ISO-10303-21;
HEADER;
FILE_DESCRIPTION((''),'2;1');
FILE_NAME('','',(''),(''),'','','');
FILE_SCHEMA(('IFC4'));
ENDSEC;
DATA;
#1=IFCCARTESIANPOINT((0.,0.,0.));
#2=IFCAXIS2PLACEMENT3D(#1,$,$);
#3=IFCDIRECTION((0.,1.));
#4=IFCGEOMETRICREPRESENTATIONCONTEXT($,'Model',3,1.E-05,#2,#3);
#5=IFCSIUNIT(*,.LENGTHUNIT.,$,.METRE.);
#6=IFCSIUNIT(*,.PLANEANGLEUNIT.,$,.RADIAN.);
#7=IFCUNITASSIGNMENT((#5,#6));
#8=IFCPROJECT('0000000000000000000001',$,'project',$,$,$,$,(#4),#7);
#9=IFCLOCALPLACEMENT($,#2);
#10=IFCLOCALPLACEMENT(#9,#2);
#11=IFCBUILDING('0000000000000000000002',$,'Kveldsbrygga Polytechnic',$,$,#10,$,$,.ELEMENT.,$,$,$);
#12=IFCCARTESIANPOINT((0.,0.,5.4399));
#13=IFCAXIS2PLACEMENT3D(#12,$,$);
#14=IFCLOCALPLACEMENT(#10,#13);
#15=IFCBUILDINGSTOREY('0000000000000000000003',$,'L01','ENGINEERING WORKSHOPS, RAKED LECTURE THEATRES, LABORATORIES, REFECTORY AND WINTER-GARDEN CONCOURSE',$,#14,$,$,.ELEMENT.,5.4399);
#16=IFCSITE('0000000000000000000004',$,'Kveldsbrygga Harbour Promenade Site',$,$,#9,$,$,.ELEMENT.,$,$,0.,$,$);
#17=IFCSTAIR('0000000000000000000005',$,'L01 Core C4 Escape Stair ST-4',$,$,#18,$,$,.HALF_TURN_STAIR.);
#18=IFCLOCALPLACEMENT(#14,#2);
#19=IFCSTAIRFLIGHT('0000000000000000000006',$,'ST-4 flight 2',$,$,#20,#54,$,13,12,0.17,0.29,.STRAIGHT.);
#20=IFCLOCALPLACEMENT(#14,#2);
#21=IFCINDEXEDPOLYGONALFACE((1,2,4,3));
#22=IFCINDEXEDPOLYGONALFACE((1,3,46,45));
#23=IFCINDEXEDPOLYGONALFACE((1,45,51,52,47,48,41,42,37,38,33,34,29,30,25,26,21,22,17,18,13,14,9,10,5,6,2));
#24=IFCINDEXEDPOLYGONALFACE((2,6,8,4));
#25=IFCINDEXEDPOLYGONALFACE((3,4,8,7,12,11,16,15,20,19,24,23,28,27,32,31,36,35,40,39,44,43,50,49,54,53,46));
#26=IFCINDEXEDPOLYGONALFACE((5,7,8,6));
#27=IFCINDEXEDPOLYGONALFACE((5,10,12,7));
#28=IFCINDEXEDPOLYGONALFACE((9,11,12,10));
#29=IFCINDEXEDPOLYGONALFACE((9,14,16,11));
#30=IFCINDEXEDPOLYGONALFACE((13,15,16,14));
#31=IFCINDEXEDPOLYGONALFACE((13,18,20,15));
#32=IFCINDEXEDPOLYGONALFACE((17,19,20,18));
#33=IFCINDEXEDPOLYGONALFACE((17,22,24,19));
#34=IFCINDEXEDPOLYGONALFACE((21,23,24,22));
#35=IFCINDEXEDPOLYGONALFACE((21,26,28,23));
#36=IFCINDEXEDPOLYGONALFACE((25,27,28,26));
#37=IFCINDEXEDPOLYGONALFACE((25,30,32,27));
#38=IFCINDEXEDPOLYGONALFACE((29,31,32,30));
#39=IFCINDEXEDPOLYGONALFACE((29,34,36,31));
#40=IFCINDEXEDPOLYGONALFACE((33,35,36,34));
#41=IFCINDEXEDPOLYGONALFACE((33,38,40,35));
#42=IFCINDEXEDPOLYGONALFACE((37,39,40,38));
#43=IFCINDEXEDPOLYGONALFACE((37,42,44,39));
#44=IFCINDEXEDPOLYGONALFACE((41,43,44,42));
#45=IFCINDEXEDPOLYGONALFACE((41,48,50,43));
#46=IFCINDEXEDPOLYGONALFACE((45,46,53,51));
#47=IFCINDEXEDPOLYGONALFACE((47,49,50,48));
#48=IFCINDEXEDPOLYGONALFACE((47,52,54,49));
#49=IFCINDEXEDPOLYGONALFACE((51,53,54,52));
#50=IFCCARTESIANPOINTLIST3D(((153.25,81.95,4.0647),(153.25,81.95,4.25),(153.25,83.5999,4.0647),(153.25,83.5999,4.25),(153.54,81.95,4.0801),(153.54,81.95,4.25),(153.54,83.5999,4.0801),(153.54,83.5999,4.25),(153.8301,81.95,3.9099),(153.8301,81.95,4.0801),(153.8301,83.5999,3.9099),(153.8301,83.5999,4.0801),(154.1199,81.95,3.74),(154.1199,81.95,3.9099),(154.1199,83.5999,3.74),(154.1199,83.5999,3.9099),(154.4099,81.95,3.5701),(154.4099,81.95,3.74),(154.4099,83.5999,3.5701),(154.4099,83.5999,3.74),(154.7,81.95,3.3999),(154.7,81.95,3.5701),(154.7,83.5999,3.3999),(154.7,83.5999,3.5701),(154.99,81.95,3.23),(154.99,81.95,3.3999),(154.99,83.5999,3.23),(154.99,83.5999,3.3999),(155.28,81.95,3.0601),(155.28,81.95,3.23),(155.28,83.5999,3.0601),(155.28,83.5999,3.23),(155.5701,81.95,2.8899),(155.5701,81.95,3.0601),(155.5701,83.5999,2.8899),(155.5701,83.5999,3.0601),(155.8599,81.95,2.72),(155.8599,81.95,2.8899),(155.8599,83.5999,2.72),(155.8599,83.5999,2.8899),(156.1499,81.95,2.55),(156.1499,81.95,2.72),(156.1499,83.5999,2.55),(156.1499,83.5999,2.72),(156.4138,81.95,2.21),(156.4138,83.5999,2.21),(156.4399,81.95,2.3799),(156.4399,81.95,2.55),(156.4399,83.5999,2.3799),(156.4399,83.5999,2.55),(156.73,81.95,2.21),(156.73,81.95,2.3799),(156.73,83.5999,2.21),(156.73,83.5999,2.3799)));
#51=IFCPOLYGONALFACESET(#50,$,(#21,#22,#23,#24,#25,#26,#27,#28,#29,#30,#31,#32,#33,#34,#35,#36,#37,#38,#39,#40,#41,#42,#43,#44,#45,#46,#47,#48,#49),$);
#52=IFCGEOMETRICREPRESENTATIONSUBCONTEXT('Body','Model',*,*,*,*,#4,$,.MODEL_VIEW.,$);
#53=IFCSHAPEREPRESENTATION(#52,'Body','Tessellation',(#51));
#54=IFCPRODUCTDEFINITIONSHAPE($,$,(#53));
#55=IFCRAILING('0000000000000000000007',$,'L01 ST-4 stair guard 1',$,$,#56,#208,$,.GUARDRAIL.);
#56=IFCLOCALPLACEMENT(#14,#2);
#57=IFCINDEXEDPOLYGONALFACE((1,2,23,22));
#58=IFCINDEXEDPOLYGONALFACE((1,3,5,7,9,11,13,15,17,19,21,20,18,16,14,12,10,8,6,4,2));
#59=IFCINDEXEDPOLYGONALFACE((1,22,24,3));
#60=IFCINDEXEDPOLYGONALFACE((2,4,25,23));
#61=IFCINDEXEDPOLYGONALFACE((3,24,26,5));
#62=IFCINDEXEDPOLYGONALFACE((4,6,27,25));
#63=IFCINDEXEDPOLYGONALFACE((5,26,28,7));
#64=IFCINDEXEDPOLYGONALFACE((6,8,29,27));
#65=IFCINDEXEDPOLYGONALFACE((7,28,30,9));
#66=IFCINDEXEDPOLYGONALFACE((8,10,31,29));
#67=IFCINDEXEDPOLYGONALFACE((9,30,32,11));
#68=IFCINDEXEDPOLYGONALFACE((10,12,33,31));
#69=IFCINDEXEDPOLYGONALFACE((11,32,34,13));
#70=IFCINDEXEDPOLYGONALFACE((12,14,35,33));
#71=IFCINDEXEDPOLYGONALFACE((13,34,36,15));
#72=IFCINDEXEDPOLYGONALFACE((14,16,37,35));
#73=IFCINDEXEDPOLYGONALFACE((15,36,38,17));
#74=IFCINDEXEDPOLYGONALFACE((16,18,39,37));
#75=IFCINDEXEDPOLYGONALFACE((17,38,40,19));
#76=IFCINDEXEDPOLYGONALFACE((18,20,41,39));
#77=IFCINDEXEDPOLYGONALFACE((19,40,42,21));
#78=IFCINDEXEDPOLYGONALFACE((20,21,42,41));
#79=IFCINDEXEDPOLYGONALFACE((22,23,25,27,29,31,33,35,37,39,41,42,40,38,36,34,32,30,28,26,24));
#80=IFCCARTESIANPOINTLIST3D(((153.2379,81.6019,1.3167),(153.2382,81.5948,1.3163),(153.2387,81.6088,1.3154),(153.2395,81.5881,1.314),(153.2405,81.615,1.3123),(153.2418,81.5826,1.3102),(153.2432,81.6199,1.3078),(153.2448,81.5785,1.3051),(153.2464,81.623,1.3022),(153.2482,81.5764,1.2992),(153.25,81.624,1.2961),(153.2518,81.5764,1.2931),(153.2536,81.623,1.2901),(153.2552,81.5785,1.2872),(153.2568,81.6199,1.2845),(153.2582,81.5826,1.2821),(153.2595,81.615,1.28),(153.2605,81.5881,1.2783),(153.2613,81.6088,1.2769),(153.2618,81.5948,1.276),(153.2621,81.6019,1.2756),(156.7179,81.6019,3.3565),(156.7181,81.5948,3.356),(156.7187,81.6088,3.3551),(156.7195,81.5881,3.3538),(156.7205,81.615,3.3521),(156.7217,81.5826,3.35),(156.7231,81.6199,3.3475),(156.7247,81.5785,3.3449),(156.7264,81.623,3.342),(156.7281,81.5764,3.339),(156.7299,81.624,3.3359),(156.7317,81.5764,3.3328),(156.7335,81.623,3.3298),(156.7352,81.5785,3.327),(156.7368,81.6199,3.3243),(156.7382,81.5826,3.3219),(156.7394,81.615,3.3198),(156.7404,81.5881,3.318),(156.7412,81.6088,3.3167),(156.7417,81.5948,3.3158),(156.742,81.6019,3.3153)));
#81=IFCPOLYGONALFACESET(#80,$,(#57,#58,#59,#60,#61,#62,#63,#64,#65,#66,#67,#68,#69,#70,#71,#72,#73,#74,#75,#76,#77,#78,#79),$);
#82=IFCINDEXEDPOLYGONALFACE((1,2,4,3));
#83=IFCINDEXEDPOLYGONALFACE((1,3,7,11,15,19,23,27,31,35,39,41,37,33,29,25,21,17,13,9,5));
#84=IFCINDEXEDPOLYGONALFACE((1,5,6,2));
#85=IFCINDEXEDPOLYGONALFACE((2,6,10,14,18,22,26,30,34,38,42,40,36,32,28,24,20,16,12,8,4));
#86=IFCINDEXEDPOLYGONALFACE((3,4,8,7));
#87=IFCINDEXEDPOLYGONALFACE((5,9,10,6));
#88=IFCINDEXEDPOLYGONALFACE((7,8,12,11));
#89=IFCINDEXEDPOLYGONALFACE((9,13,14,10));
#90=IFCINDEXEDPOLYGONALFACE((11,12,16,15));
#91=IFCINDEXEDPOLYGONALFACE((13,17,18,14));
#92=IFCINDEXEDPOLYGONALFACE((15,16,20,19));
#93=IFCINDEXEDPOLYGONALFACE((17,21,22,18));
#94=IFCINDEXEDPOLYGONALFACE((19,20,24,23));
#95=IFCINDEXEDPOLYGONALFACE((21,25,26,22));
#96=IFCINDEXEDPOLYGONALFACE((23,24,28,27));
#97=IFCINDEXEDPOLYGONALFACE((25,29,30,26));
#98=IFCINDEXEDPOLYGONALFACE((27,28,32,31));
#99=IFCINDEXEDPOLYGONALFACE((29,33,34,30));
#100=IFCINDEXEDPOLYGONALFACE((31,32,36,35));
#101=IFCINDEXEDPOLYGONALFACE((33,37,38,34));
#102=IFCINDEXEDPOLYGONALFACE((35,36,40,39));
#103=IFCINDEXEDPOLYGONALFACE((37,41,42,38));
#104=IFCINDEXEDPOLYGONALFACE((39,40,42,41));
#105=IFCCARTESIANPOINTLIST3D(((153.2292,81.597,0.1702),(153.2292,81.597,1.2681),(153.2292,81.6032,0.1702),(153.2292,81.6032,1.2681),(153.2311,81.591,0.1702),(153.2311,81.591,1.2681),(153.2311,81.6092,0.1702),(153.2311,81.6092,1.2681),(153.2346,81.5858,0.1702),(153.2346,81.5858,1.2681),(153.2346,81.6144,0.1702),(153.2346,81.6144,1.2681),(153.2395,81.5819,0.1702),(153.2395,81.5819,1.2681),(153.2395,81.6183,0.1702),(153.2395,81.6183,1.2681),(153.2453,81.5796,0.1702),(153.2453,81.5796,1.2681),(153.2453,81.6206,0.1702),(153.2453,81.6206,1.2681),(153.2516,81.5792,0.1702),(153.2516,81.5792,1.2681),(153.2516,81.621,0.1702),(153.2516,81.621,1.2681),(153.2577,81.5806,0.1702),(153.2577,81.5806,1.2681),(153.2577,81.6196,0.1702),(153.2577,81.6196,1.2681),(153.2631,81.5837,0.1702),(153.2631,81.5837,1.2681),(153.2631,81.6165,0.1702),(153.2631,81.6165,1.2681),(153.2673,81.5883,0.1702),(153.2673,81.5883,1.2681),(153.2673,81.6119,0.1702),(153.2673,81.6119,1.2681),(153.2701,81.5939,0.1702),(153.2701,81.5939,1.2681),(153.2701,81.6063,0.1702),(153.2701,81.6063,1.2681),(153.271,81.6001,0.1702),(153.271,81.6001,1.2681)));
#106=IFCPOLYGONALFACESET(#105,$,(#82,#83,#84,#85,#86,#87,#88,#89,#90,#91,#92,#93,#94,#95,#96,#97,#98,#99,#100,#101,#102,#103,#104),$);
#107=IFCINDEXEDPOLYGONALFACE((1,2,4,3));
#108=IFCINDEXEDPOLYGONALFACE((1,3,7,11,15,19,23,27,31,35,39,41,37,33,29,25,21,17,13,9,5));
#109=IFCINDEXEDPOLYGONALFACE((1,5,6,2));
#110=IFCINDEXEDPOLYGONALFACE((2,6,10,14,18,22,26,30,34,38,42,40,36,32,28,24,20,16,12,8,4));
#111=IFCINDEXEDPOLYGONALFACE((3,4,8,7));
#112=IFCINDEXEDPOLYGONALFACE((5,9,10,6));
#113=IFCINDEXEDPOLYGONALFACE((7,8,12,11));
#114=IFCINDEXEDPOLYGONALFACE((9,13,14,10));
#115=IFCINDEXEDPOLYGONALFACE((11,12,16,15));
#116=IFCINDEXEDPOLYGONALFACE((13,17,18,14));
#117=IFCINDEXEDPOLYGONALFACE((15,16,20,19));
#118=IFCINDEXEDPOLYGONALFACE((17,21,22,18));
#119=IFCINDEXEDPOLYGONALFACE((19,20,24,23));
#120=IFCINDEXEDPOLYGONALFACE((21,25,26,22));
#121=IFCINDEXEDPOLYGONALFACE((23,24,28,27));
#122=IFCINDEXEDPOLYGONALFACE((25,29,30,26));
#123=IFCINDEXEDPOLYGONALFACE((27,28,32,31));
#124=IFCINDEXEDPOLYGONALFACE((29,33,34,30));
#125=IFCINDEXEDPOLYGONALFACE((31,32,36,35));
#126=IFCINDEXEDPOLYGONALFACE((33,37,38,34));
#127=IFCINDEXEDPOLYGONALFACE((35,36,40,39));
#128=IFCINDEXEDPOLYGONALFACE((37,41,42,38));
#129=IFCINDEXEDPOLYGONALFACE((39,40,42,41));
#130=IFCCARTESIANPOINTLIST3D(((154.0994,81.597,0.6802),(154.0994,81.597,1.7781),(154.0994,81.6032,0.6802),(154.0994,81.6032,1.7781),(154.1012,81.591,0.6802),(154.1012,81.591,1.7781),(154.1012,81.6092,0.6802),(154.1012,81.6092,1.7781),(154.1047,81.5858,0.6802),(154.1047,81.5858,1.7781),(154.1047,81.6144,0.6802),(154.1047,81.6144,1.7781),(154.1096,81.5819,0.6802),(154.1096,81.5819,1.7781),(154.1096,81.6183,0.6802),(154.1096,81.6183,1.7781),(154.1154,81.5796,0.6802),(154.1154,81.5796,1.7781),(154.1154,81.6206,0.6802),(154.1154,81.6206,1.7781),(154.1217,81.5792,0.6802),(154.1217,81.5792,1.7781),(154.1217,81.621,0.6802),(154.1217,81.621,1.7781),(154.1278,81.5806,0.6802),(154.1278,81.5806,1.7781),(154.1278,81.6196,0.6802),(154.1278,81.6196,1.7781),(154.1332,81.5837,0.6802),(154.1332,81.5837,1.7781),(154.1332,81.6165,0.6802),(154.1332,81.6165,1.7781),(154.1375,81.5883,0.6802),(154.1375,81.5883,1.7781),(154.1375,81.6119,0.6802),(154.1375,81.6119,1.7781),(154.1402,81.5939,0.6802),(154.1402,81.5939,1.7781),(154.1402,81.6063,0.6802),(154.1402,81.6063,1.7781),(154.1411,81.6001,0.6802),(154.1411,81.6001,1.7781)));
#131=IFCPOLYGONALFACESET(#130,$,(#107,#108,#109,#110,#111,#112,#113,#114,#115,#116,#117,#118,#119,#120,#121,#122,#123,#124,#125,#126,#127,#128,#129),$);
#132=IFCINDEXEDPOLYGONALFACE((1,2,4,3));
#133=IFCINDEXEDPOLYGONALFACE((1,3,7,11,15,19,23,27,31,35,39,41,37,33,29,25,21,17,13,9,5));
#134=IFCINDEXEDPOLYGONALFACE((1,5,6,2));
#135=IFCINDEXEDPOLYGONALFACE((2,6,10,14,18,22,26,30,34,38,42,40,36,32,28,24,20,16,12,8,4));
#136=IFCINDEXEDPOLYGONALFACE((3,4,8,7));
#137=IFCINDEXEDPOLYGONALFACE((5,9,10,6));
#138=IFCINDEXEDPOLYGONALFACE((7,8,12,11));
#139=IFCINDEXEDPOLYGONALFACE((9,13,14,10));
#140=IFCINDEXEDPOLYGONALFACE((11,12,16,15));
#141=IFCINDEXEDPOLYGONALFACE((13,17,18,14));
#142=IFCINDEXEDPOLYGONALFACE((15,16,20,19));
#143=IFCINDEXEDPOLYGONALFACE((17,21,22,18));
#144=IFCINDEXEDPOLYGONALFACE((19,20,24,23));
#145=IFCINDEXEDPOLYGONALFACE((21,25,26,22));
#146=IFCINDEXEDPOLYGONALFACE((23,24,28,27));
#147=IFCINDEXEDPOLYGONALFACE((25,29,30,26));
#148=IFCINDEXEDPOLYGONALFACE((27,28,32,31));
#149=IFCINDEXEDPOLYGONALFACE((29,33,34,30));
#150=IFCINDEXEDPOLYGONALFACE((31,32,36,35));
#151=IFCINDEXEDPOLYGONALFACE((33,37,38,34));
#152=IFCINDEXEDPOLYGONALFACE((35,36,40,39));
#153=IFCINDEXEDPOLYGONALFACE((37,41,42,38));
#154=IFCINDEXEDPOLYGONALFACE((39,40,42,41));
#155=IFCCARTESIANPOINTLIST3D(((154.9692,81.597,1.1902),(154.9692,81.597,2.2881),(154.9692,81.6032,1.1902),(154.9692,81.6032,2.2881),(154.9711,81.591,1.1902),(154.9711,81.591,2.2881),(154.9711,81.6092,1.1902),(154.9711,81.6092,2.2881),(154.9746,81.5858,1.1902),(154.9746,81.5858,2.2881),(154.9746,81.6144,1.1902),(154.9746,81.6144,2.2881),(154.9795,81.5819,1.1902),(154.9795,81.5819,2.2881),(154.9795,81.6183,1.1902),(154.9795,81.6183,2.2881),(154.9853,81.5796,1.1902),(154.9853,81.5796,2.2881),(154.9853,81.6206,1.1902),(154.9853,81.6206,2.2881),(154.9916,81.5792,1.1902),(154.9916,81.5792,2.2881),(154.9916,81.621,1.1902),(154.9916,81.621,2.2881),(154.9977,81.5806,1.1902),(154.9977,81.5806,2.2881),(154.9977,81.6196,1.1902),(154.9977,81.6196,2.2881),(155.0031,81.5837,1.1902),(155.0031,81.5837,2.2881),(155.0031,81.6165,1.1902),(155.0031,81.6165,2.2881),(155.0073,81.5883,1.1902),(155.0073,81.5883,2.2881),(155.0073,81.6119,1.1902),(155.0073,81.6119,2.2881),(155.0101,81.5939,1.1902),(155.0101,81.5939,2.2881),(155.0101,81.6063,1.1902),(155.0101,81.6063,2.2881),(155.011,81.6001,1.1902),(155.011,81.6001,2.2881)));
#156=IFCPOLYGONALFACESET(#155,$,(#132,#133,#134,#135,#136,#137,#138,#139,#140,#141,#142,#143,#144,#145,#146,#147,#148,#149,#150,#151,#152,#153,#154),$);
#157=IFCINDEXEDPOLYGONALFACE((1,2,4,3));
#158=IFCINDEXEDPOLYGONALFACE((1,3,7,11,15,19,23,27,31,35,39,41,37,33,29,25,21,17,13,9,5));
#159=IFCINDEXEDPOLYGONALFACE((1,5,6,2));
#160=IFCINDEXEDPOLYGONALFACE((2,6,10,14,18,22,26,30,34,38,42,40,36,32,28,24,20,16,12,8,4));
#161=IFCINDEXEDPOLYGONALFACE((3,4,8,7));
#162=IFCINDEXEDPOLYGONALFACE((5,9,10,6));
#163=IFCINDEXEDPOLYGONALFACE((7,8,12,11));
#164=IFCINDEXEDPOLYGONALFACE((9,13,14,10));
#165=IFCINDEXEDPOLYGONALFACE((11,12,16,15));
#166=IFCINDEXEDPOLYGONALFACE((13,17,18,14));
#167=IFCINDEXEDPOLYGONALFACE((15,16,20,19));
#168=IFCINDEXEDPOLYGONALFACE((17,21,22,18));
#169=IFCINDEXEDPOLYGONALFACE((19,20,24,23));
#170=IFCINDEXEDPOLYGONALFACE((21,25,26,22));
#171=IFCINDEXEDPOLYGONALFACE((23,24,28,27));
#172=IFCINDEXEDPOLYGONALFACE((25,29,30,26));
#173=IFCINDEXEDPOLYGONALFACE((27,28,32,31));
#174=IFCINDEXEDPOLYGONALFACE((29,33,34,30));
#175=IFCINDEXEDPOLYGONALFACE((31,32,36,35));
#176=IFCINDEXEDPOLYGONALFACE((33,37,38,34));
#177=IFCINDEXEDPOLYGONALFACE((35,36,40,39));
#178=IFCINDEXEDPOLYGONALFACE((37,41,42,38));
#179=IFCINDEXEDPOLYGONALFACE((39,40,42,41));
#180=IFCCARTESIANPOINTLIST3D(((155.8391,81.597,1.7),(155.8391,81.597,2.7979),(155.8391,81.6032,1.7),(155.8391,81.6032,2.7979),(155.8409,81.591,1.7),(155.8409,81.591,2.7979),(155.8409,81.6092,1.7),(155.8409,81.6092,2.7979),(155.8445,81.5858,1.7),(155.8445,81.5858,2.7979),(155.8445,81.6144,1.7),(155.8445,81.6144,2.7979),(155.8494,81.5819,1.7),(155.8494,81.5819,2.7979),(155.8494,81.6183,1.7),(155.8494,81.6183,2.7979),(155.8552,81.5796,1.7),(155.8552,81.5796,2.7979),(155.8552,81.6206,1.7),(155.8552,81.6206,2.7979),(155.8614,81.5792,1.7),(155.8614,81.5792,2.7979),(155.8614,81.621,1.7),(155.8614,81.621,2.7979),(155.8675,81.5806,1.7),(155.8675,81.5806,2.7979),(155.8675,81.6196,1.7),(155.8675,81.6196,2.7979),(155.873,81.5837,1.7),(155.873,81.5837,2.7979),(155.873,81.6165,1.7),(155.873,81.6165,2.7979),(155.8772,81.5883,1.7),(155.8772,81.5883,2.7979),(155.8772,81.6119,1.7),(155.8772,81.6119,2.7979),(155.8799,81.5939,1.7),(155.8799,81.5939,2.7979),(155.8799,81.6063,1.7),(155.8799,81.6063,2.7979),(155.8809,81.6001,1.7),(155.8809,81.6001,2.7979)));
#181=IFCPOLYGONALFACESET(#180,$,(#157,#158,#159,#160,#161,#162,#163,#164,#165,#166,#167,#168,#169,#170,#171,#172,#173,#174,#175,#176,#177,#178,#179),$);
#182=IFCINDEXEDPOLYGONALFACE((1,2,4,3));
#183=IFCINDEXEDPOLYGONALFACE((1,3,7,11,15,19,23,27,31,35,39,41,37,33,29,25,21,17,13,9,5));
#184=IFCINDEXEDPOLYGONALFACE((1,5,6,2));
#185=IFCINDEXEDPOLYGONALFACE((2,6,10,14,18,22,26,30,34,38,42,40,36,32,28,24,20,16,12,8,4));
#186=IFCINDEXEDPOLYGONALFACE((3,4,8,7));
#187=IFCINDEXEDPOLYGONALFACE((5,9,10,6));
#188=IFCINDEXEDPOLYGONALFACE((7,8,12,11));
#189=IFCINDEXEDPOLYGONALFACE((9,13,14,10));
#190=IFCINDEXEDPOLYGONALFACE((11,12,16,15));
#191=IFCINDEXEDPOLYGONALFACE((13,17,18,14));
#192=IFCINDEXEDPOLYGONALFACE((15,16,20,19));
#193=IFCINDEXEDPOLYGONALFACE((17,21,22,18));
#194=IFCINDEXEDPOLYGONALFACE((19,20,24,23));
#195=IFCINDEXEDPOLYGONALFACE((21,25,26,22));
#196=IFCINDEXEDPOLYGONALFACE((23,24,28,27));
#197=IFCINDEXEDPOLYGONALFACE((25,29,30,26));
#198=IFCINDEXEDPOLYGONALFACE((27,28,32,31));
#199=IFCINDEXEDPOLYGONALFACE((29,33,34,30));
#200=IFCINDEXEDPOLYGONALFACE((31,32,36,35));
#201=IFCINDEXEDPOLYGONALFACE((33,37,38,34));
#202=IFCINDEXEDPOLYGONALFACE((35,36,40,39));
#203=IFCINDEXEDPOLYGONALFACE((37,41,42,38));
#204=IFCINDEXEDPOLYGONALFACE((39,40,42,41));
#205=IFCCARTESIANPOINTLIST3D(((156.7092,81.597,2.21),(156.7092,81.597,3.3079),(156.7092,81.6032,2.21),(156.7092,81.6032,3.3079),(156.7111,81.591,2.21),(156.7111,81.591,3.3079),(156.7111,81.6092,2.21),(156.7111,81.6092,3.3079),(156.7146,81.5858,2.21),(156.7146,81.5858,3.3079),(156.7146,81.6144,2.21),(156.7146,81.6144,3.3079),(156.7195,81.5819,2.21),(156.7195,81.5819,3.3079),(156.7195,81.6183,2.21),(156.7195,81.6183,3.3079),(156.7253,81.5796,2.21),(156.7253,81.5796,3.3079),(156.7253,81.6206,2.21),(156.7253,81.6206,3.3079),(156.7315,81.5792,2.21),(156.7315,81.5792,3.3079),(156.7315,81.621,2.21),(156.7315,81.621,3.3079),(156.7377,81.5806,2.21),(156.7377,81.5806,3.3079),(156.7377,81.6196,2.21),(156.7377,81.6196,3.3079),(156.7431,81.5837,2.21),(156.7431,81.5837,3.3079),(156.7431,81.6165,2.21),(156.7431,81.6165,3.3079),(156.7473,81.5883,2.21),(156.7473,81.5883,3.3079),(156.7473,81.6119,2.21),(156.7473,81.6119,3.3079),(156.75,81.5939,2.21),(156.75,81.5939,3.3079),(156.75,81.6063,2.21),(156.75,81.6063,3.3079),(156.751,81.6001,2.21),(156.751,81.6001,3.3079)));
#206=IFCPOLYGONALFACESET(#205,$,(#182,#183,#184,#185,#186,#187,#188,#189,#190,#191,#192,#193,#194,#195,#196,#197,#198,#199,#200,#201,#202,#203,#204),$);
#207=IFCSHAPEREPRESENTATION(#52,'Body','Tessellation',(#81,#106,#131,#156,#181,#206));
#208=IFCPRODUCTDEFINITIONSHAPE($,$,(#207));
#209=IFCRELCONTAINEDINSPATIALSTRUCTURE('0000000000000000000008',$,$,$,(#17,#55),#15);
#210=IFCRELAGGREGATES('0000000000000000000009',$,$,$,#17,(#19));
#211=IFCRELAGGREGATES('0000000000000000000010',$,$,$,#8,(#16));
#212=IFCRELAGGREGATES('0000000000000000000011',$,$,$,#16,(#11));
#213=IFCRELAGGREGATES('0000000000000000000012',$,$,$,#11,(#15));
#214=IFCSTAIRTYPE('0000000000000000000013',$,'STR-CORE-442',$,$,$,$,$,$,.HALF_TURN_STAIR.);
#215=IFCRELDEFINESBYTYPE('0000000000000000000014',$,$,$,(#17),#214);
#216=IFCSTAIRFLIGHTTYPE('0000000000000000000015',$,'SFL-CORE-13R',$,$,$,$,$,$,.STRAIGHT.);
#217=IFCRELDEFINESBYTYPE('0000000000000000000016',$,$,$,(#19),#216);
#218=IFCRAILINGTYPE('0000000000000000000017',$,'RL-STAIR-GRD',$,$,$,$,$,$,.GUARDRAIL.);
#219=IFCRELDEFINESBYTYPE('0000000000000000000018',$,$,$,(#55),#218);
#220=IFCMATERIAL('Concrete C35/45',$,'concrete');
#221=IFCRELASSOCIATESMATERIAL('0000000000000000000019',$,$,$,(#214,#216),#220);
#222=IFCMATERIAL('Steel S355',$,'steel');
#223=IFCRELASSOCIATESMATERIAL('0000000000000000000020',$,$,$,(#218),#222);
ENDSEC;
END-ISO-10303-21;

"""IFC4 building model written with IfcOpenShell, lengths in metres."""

from ifc_helpers import new_model, si_unit, direction, frame, origin, origin_2d, place, context, subcontext, project, spatial, polyline, circle, outline, extrude, material, type_object, element, aggregate, save


model = new_model("IFC4")

# Units and contexts
model_context = context("Model", 3, precision=1e-05, world=origin(), true_north=direction((0.0, 1.0)))
body_context = subcontext(model_context, "Body", "Model", "MODEL_VIEW")
ifc_project = project(units=[si_unit("LENGTHUNIT", "METRE"), si_unit("PLANEANGLEUNIT", "RADIAN")], contexts=[model_context])

# Site, building, storey
site_placement = place(None, origin())
site = spatial("IfcSite", under=ifc_project, at=site_placement, Name="Kveldsbrygga Harbour Promenade Site", CompositionType="ELEMENT", RefElevation=0.0)
building_placement = place(site_placement, origin())
building = spatial("IfcBuilding", under=site, at=building_placement, Name="Kveldsbrygga Polytechnic", CompositionType="ELEMENT")
storey_placement = place(building_placement, frame((0.0, 0.0, 5.4399)))
storey = spatial("IfcBuildingStorey", under=building, at=storey_placement, Name="L01", Description="ENGINEERING WORKSHOPS, RAKED LECTURE THEATRES, LABORATORIES, REFECTORY AND WINTER-GARDEN CONCOURSE", CompositionType="ELEMENT", Elevation=5.4399)

# Shared definitions
ifc_material_1 = material(Name="Concrete C35/45", Category="concrete")

# Stair, stair flight
stair_type = type_object("IfcStairType", Name="STR-CORE-442", PredefinedType="HALF_TURN_STAIR", material=ifc_material_1)
stair_placement = place(storey_placement, origin())
stair = element("IfcStair", 1, at=stair_placement, inside=storey, type_object=stair_type, Name="L01 Core C4 Escape Stair ST-4", PredefinedType="HALF_TURN_STAIR")
stair_flight_type = type_object("IfcStairFlightType", Name="SFL-CORE-13R", PredefinedType="STRAIGHT", material=ifc_material_1)
stair_flight_1_placement = place(storey_placement, frame((156.73, 82.7749, 2.21), z_axis=(0.0, 0.0, 1.0), x_axis=(-1.0, 0.0, 0.0)))
stair_flight_1 = element("IfcStairFlight", 2, at=stair_flight_1_placement, type_object=stair_flight_type, Name="ST-4 flight 2", NumberOfRisers=13, NumberOfTreads=12, PredefinedType="STRAIGHT", RiserHeight=0.17, TreadLength=0.29, context=body_context, shape_type="SweptSolid", body=[
    extrude(outline(polyline([(0.0, 0.0), (0.0, 0.1699), (0.29, 0.1699), (0.29, 0.3401), (0.5801, 0.3401), (0.5801, 0.51), (0.8701, 0.51), (0.8701, 0.6799), (1.1599, 0.6799), (1.1599, 0.8501), (1.45, 0.8501), (1.45, 1.02), (1.74, 1.02), (1.74, 1.1899), (2.03, 1.1899), (2.03, 1.3601), (2.3201, 1.3601), (2.3201, 1.53), (2.6101, 1.53), (2.6101, 1.7), (2.8999, 1.7), (2.8999, 1.8701), (3.1899, 1.8701), (3.1899, 2.04), (3.48, 2.04), (3.48, 2.21), (3.48, 1.8547), (0.3162, 0.0), (0.0, 0.0)])), frame((0.0, 0.825, 0.0), z_axis=(0.0, -1.0, 0.0), x_axis=(1.0, 0.0, 0.0)), (0.0, 0.0, 1.0), 1.6499),
])
aggregate(stair, [stair_flight_1])

# Railing
ifc_material_2 = material(Name="Steel S355", Category="steel")
railing_type_1 = type_object("IfcRailingType", Name="RL-STAIR-GRD", PredefinedType="GUARDRAIL", material=ifc_material_2)
railing_1_placement = place(storey_placement, frame((153.25, 81.6001, 0.1702)))
element("IfcRailing", 3, at=railing_1_placement, inside=storey, type_object=railing_type_1, Name="L01 ST-4 stair guard 1", PredefinedType="GUARDRAIL", context=body_context, shape_type="SweptSolid", body=[
    extrude(circle(Radius=0.0239, at=origin_2d()), frame((0.0, 0.0, 1.126), z_axis=(0.862719, 0.0, 0.505684), x_axis=(0.0, 1.0, 0.0)), (0.0, 0.0, 1.0), 4.0337),
    extrude(circle(Radius=0.021, at=origin_2d()), origin(), (0.0, 0.0, 1.0), 1.0979),
    extrude(circle(Radius=0.021, at=origin_2d()), frame((0.8701, 0.0, 0.51)), (0.0, 0.0, 1.0), 1.0979),
    extrude(circle(Radius=0.021, at=origin_2d()), frame((1.74, 0.0, 1.02)), (0.0, 0.0, 1.0), 1.0979),
    extrude(circle(Radius=0.021, at=origin_2d()), frame((2.6099, 0.0, 1.5298)), (0.0, 0.0, 1.0), 1.0979),
    extrude(circle(Radius=0.021, at=origin_2d()), frame((3.48, 0.0, 2.0398)), (0.0, 0.0, 1.0), 1.0979),
])

save(model, "model.ifc")
